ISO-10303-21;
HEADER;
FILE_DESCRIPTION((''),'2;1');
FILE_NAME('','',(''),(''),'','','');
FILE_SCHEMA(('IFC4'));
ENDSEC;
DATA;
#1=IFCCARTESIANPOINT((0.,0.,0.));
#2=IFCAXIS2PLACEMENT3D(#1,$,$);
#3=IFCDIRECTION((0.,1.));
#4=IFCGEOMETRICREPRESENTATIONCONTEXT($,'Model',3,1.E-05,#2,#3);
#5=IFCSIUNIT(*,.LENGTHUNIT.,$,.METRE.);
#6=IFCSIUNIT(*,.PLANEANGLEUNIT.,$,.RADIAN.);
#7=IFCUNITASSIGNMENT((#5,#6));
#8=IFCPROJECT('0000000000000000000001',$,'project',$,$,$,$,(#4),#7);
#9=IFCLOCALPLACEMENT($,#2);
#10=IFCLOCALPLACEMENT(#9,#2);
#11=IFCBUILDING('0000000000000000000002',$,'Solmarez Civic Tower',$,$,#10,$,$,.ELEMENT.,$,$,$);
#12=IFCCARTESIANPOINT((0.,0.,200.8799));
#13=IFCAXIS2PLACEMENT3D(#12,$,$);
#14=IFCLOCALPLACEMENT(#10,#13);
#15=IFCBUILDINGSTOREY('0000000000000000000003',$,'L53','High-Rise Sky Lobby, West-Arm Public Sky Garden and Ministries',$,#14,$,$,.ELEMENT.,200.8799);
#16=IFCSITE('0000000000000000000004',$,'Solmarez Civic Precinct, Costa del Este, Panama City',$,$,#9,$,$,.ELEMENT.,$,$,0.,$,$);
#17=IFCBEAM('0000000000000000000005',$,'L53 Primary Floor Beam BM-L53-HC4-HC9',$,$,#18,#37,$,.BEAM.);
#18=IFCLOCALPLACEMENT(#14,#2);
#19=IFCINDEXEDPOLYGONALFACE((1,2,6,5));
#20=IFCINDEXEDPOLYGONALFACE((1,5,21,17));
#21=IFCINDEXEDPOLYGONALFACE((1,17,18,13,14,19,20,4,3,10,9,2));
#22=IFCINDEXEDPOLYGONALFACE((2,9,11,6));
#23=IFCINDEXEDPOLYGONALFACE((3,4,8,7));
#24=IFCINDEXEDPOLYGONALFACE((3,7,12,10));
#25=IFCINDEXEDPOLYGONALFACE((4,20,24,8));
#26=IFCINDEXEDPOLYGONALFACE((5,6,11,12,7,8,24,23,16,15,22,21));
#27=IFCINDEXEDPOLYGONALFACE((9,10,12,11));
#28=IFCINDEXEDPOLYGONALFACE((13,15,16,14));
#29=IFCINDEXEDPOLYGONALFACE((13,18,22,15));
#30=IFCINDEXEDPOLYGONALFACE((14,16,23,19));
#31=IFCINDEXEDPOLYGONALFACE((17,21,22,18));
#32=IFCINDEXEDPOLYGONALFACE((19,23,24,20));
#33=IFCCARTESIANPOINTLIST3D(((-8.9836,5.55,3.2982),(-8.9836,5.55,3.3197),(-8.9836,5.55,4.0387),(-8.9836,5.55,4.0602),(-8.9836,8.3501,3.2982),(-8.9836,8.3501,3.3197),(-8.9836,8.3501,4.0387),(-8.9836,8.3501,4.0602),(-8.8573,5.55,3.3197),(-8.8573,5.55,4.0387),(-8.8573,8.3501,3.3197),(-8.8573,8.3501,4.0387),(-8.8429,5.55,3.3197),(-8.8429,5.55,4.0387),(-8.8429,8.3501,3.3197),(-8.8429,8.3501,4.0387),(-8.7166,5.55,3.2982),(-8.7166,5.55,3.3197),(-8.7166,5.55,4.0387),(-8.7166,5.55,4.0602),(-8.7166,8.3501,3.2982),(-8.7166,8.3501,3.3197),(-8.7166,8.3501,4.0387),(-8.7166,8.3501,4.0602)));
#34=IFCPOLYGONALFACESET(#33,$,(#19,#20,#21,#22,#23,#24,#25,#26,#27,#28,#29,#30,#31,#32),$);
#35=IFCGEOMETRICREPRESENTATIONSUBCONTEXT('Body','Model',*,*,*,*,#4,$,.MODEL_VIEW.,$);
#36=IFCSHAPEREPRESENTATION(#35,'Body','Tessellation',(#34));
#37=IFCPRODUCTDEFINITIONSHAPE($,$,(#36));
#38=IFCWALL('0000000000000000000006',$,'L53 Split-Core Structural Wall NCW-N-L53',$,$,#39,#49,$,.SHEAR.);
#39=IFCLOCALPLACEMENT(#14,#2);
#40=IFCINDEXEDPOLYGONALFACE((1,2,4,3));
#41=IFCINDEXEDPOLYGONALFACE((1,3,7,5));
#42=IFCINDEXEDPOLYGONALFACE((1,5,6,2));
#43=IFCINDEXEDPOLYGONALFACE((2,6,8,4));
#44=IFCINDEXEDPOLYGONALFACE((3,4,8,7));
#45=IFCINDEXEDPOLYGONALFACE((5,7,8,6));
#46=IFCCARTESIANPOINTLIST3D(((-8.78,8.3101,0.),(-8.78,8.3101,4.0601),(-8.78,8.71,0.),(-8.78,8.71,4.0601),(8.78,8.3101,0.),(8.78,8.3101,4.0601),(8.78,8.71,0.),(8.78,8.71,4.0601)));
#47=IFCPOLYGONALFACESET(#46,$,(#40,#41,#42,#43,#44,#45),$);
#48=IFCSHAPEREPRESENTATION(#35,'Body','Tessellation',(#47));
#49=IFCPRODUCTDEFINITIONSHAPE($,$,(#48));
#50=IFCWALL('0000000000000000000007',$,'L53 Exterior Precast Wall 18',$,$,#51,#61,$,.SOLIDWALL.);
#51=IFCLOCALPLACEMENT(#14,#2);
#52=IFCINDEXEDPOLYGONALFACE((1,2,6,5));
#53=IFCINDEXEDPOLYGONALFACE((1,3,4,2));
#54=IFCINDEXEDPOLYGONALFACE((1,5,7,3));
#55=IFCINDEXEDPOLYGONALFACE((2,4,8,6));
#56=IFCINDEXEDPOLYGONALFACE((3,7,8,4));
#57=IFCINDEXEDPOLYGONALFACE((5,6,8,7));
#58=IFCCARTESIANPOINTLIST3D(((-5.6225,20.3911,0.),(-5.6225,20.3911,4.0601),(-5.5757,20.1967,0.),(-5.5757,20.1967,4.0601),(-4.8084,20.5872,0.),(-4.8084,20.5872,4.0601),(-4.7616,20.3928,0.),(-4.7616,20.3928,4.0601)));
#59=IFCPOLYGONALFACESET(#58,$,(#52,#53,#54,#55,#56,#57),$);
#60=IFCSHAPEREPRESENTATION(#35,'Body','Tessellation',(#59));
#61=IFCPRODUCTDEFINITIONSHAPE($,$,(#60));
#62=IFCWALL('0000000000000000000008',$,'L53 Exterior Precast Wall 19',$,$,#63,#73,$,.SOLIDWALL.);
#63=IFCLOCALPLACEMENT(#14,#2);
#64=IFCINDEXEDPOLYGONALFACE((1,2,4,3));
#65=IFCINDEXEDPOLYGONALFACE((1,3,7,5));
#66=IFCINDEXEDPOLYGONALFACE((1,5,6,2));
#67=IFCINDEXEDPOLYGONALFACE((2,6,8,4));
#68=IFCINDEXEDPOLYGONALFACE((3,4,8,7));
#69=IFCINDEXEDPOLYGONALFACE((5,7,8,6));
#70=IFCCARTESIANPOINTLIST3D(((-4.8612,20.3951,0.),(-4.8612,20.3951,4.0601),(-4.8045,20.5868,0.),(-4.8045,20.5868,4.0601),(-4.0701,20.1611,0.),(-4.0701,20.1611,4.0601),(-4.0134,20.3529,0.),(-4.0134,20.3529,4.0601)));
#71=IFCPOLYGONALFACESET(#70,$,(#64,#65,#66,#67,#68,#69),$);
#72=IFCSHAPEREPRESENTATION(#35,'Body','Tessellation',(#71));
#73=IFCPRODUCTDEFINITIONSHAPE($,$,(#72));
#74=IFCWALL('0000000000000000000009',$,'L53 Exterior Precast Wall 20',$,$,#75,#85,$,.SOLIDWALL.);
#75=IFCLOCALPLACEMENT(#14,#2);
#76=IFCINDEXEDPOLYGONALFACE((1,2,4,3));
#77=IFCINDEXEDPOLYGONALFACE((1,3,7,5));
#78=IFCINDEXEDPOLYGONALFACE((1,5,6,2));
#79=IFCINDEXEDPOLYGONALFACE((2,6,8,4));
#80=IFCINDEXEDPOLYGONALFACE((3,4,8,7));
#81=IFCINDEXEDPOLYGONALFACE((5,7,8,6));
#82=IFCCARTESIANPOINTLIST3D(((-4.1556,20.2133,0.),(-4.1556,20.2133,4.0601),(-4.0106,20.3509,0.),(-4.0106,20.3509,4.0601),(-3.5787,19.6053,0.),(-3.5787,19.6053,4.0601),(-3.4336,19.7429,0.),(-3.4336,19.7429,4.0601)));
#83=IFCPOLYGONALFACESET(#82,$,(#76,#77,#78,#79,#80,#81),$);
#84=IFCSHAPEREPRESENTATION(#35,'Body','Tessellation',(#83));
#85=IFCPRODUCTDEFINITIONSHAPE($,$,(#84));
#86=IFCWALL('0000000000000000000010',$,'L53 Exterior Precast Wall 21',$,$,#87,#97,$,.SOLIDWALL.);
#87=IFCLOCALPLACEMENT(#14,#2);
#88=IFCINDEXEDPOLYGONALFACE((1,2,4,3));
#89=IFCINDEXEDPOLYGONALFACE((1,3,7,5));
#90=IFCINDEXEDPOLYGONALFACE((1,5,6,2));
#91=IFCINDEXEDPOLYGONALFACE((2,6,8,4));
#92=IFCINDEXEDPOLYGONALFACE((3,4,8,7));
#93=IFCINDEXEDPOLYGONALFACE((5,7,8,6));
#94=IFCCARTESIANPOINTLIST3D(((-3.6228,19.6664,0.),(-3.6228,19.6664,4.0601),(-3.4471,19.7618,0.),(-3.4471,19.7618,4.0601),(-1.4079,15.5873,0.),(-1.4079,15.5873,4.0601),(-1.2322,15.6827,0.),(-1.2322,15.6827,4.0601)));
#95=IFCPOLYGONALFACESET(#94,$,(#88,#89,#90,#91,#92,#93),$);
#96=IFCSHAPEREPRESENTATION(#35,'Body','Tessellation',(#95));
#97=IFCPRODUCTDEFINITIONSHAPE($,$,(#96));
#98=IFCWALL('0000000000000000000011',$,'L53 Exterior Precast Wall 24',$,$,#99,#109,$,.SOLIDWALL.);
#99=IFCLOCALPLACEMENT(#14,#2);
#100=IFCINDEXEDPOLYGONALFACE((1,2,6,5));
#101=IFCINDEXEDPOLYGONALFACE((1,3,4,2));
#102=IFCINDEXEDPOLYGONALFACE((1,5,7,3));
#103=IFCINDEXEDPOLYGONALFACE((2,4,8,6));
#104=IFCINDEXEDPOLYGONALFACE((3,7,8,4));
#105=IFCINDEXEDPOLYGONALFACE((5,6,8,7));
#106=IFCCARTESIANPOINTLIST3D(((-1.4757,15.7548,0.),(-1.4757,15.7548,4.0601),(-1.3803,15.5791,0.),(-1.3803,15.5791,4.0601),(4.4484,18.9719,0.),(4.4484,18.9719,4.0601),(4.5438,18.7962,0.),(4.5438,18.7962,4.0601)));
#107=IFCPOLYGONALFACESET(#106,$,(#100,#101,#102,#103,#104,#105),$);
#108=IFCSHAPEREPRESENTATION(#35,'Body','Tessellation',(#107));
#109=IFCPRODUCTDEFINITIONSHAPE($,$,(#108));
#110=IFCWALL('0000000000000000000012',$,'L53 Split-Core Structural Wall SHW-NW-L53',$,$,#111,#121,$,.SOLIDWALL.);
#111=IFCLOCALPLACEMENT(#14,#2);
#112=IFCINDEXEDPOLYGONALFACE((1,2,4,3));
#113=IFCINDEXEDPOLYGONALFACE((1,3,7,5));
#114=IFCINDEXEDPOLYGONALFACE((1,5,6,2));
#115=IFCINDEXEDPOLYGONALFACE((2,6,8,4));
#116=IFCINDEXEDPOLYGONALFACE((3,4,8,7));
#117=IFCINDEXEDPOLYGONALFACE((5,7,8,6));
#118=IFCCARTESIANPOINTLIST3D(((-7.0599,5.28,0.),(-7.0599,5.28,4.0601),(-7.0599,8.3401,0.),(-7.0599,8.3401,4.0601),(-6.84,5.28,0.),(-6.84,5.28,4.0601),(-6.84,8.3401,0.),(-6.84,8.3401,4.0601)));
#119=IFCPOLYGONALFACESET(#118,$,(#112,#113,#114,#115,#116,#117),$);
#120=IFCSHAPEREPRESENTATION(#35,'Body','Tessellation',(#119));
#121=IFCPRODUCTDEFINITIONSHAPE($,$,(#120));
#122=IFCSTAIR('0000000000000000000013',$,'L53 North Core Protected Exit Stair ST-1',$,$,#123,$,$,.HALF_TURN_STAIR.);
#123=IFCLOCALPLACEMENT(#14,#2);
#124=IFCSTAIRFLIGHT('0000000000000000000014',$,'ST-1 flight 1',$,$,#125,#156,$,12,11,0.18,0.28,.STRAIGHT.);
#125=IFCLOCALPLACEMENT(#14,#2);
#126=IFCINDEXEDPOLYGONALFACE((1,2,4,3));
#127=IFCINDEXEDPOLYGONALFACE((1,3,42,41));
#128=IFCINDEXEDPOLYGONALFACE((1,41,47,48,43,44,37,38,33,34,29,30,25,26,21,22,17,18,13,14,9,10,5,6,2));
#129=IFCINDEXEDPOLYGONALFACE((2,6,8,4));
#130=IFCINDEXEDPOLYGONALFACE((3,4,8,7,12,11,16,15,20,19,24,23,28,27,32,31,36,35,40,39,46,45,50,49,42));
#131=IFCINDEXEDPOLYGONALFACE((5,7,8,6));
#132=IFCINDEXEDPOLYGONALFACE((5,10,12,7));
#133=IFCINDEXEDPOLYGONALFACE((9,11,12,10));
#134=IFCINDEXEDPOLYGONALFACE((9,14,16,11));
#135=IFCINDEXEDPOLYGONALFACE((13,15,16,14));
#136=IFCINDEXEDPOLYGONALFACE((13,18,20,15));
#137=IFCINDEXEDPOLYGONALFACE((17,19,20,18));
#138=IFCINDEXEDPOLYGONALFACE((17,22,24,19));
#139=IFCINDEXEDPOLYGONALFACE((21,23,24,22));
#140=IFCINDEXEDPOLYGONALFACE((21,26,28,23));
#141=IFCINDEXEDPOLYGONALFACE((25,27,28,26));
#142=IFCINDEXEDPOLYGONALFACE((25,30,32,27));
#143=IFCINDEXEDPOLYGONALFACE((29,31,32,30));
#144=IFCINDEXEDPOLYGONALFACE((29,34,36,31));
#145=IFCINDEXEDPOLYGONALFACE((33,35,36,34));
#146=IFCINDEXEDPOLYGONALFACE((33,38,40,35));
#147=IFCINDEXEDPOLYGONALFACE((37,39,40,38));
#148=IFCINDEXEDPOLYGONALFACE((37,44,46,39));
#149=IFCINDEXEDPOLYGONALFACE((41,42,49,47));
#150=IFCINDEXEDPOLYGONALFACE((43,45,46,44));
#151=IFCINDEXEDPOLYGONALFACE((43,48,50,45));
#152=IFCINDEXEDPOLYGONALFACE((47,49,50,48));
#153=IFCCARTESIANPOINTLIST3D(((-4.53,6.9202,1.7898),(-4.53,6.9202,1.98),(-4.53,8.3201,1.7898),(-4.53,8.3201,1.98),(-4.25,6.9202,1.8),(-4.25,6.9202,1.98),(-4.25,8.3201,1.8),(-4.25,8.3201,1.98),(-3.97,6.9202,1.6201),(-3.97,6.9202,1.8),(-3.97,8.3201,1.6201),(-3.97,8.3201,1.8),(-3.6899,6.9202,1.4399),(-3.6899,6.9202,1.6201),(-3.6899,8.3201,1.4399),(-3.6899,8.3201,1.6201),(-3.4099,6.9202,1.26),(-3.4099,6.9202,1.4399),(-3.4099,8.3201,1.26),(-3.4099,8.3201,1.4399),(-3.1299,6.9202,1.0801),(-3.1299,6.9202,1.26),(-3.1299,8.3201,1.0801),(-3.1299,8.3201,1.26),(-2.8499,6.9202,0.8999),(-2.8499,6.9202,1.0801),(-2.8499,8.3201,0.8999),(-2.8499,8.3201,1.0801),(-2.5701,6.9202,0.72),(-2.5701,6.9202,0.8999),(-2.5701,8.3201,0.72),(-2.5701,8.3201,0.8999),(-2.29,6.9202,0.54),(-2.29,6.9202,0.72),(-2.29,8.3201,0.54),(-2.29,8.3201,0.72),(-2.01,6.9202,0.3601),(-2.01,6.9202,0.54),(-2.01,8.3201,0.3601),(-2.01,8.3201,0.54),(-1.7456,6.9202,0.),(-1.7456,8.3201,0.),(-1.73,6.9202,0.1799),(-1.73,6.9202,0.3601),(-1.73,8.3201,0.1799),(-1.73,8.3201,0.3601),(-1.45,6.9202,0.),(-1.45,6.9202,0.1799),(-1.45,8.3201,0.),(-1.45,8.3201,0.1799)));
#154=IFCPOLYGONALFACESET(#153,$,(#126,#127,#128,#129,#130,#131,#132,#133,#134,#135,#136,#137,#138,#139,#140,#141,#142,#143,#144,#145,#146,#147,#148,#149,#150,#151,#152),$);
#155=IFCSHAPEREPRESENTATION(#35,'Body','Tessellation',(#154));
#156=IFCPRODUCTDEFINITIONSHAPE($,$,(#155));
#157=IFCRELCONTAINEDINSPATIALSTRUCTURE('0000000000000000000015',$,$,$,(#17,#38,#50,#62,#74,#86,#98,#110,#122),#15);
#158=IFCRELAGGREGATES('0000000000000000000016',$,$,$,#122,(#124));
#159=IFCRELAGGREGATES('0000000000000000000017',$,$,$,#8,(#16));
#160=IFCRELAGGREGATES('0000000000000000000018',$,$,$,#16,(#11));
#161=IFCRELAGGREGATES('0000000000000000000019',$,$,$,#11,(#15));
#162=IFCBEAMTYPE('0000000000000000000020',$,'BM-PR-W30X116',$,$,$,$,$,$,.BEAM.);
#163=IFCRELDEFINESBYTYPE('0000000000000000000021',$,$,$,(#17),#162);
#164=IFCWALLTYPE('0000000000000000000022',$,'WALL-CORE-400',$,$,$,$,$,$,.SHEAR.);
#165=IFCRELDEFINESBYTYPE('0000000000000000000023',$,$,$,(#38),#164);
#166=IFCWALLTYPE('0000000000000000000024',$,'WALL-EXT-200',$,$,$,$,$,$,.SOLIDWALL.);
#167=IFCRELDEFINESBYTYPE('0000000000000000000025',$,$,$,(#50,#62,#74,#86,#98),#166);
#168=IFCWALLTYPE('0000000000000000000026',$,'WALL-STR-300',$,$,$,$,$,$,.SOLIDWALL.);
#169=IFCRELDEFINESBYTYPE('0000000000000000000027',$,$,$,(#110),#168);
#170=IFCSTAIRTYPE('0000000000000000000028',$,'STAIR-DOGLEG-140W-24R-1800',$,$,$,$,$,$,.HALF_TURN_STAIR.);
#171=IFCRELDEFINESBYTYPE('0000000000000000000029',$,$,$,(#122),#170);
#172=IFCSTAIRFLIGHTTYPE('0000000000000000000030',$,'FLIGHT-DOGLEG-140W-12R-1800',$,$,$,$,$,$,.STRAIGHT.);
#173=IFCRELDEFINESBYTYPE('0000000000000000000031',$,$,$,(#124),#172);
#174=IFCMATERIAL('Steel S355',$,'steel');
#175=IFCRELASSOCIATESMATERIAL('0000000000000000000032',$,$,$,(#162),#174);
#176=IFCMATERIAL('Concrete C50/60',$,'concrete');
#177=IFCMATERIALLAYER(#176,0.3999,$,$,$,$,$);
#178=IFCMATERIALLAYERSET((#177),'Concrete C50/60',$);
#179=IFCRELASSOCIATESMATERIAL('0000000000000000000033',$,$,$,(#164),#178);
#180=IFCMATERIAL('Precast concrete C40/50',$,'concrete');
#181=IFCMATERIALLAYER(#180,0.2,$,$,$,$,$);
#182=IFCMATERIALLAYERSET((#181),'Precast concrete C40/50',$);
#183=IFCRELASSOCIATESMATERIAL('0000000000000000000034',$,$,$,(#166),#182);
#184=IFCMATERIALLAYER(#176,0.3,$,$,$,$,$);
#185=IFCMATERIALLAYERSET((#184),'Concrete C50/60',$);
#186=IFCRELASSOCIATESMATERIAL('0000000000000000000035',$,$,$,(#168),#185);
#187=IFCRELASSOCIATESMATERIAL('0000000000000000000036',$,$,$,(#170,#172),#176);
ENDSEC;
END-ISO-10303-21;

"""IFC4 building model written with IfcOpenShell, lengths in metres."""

from ifc_helpers import new_model, si_unit, direction, frame, frame_2d, origin, origin_2d, place, context, subcontext, project, spatial, polyline, rectangle, i_section, outline, extrude, material, layer, layer_set, material_profile, profile_set, type_object, element, aggregate, save


model = new_model("IFC4")

# Units and contexts
model_context = context("Model", 3, precision=1e-05, world=origin(), true_north=direction((0.0, 1.0)))
body_context = subcontext(model_context, "Body", "Model", "MODEL_VIEW")
ifc_project = project(units=[si_unit("LENGTHUNIT", "METRE"), si_unit("PLANEANGLEUNIT", "RADIAN")], contexts=[model_context])

# Site, building, storey
site_placement = place(None, origin())
site = spatial("IfcSite", under=ifc_project, at=site_placement, Name="Solmarez Civic Precinct, Costa del Este, Panama City", CompositionType="ELEMENT", RefElevation=0.0)
building_placement = place(site_placement, origin())
building = spatial("IfcBuilding", under=site, at=building_placement, Name="Solmarez Civic Tower", CompositionType="ELEMENT")
storey_placement = place(building_placement, frame((0.0, 0.0, 200.8799)))
storey = spatial("IfcBuildingStorey", under=building, at=storey_placement, Name="L53", Description="High-Rise Sky Lobby, West-Arm Public Sky Garden and Ministries", CompositionType="ELEMENT", Elevation=200.8799)

# Shared definitions
ifc_material_1 = material(Name="Concrete C50/60", Category="concrete")
ifc_material_2 = material(Name="Steel S355", Category="steel")

# Beam
ifc_material_profile_1 = material_profile(ifc_material_2, i_section(OverallWidth=0.2671, OverallDepth=0.762, WebThickness=0.0144, FlangeThickness=0.0215, at=origin_2d()), Name="W30X116")
ifc_profile_set_1 = profile_set([ifc_material_profile_1], Name="Steel S355")
beam_type_1 = type_object("IfcBeamType", Name="BM-PR-W30X116", PredefinedType="BEAM", material=ifc_profile_set_1)
beam_1_placement = place(storey_placement, frame((-8.8501, 5.55, 3.6792), z_axis=(0.0, 1.0, 0.0), x_axis=(-1.0, 0.0, 0.0)))
element("IfcBeam", 1, at=beam_1_placement, inside=storey, type_object=beam_type_1, Name="L53 Primary Floor Beam BM-L53-HC4-HC9", PredefinedType="BEAM", context=body_context, shape_type="SweptSolid", body=[
    extrude(i_section(OverallWidth=0.2671, OverallDepth=0.762, WebThickness=0.0144, FlangeThickness=0.0215, at=origin_2d()), origin(), (0.0, 0.0, 1.0), 2.8),
])

# Walls
ifc_layer_1 = layer(ifc_material_1, 0.3999)
ifc_layer_set_1 = layer_set([ifc_layer_1], Name="Concrete C50/60")
wall_type_1 = type_object("IfcWallType", Name="WALL-CORE-400", PredefinedType="SHEAR", material=ifc_layer_set_1)
wall_1_placement = place(storey_placement, frame((-8.78, 8.51, 0.0), z_axis=(0.0, 0.0, 1.0), x_axis=(1.0, 0.0, 0.0)))
element("IfcWall", 2, at=wall_1_placement, inside=storey, type_object=wall_type_1, Name="L53 Split-Core Structural Wall NCW-N-L53", PredefinedType="SHEAR", context=body_context, shape_type="SweptSolid", body=[
    extrude(rectangle(XDim=17.5601, YDim=0.3999, at=frame_2d((8.78, 0.0))), origin(), (0.0, 0.0, 1.0), 4.0601),
])
ifc_material_3 = material(Name="Precast concrete C40/50", Category="concrete")
ifc_layer_2 = layer(ifc_material_3, 0.2)
ifc_layer_set_2 = layer_set([ifc_layer_2], Name="Precast concrete C40/50")
wall_type_2 = type_object("IfcWallType", Name="WALL-EXT-200", PredefinedType="SOLIDWALL", material=ifc_layer_set_2)
wall_2_placement = place(storey_placement, frame((-5.5991, 20.2939, 0.0), z_axis=(0.0, 0.0, 1.0), x_axis=(0.972215, 0.23409, 0.0)))
element("IfcWall", 3, at=wall_2_placement, inside=storey, type_object=wall_type_2, Name="L53 Exterior Precast Wall 18", PredefinedType="SOLIDWALL", context=body_context, shape_type="SweptSolid", body=[
    extrude(rectangle(XDim=0.8374, YDim=0.2, at=frame_2d((0.4187, 0.0))), origin(), (0.0, 0.0, 1.0), 4.0601),
])
wall_3_placement = place(storey_placement, frame((-4.833, 20.491, 0.0), z_axis=(0.0, 0.0, 1.0), x_axis=(0.958959, -0.283544, 0.0)))
element("IfcWall", 4, at=wall_3_placement, inside=storey, type_object=wall_type_2, Name="L53 Exterior Precast Wall 19", PredefinedType="SOLIDWALL", context=body_context, shape_type="SweptSolid", body=[
    extrude(rectangle(XDim=0.825, YDim=0.2, at=frame_2d((0.4126, 0.0))), origin(), (0.0, 0.0, 1.0), 4.0601),
])
wall_4_placement = place(storey_placement, frame((-4.083, 20.282, 0.0), z_axis=(0.0, 0.0, 1.0), x_axis=(0.688367, -0.725363, 0.0)))
element("IfcWall", 5, at=wall_4_placement, inside=storey, type_object=wall_type_2, Name="L53 Exterior Precast Wall 20", PredefinedType="SOLIDWALL", context=body_context, shape_type="SweptSolid", body=[
    extrude(rectangle(XDim=0.8381, YDim=0.2, at=frame_2d((0.4189, 0.0))), origin(), (0.0, 0.0, 1.0), 4.0601),
])
wall_5_placement = place(storey_placement, frame((-3.5349, 19.7141, 0.0), z_axis=(0.0, 0.0, 1.0), x_axis=(0.477171, -0.878811, 0.0)))
element("IfcWall", 6, at=wall_5_placement, inside=storey, type_object=wall_type_2, Name="L53 Exterior Precast Wall 21", PredefinedType="SOLIDWALL", context=body_context, shape_type="SweptSolid", body=[
    extrude(rectangle(XDim=4.6416, YDim=0.2, at=frame_2d((2.3208, 0.0))), origin(), (0.0, 0.0, 1.0), 4.0601),
])
wall_6_placement = place(storey_placement, frame((-1.428, 15.667, 0.0), z_axis=(0.0, 0.0, 1.0), x_axis=(0.878784, 0.47722, 0.0)))
element("IfcWall", 7, at=wall_6_placement, inside=storey, type_object=wall_type_2, Name="L53 Exterior Precast Wall 24", PredefinedType="SOLIDWALL", context=body_context, shape_type="SweptSolid", body=[
    extrude(rectangle(XDim=6.7412, YDim=0.2, at=frame_2d((3.3706, 0.0))), origin(), (0.0, 0.0, 1.0), 4.0601),
])
ifc_layer_3 = layer(ifc_material_1, 0.3)
ifc_layer_set_3 = layer_set([ifc_layer_3], Name="Concrete C50/60")
wall_type_3 = type_object("IfcWallType", Name="WALL-STR-300", PredefinedType="SOLIDWALL", material=ifc_layer_set_3)
wall_7_placement = place(storey_placement, frame((-6.95, 5.28, 0.0), z_axis=(0.0, 0.0, 1.0), x_axis=(0.0, 1.0, 0.0)))
element("IfcWall", 8, at=wall_7_placement, inside=storey, type_object=wall_type_3, Name="L53 Split-Core Structural Wall SHW-NW-L53", PredefinedType="SOLIDWALL", context=body_context, shape_type="SweptSolid", body=[
    extrude(rectangle(XDim=3.0601, YDim=0.22, at=frame_2d((1.53, 0.0))), origin(), (0.0, 0.0, 1.0), 4.0601),
])

# Stair, stair flight
stair_type = type_object("IfcStairType", Name="STAIR-DOGLEG-140W-24R-1800", PredefinedType="HALF_TURN_STAIR", material=ifc_material_1)
stair_placement = place(storey_placement, origin())
stair = element("IfcStair", 9, at=stair_placement, inside=storey, type_object=stair_type, Name="L53 North Core Protected Exit Stair ST-1", PredefinedType="HALF_TURN_STAIR")
stair_flight_type = type_object("IfcStairFlightType", Name="FLIGHT-DOGLEG-140W-12R-1800", PredefinedType="STRAIGHT", material=ifc_material_1)
stair_flight_1_placement = place(storey_placement, frame((-1.45, 7.6201, 0.0), z_axis=(0.0, 0.0, 1.0), x_axis=(-1.0, 0.0, 0.0)))
stair_flight_1 = element("IfcStairFlight", 10, at=stair_flight_1_placement, type_object=stair_flight_type, Name="ST-1 flight 1", NumberOfRisers=12, NumberOfTreads=11, PredefinedType="STRAIGHT", RiserHeight=0.18, TreadLength=0.28, context=body_context, shape_type="SweptSolid", body=[
    extrude(outline(polyline([(0.0, 0.0), (0.0, 0.1799), (0.28, 0.1799), (0.28, 0.3601), (0.5601, 0.3601), (0.5601, 0.54), (0.8401, 0.54), (0.8401, 0.72), (1.1201, 0.72), (1.1201, 0.8999), (1.3999, 0.8999), (1.3999, 1.0801), (1.6799, 1.0801), (1.6799, 1.26), (1.96, 1.26), (1.96, 1.4399), (2.24, 1.4399), (2.24, 1.6201), (2.52, 1.6201), (2.52, 1.8), (2.8, 1.8), (2.8, 1.98), (3.0801, 1.98), (3.0801, 2.1599), (3.0801, 1.7898), (0.2957, 0.0), (0.0, 0.0)])), frame((0.0, 0.7, 0.0), z_axis=(0.0, -1.0, 0.0), x_axis=(1.0, 0.0, 0.0)), (0.0, 0.0, 1.0), 1.3999),
])
aggregate(stair, [stair_flight_1])

save(model, "model.ifc")
